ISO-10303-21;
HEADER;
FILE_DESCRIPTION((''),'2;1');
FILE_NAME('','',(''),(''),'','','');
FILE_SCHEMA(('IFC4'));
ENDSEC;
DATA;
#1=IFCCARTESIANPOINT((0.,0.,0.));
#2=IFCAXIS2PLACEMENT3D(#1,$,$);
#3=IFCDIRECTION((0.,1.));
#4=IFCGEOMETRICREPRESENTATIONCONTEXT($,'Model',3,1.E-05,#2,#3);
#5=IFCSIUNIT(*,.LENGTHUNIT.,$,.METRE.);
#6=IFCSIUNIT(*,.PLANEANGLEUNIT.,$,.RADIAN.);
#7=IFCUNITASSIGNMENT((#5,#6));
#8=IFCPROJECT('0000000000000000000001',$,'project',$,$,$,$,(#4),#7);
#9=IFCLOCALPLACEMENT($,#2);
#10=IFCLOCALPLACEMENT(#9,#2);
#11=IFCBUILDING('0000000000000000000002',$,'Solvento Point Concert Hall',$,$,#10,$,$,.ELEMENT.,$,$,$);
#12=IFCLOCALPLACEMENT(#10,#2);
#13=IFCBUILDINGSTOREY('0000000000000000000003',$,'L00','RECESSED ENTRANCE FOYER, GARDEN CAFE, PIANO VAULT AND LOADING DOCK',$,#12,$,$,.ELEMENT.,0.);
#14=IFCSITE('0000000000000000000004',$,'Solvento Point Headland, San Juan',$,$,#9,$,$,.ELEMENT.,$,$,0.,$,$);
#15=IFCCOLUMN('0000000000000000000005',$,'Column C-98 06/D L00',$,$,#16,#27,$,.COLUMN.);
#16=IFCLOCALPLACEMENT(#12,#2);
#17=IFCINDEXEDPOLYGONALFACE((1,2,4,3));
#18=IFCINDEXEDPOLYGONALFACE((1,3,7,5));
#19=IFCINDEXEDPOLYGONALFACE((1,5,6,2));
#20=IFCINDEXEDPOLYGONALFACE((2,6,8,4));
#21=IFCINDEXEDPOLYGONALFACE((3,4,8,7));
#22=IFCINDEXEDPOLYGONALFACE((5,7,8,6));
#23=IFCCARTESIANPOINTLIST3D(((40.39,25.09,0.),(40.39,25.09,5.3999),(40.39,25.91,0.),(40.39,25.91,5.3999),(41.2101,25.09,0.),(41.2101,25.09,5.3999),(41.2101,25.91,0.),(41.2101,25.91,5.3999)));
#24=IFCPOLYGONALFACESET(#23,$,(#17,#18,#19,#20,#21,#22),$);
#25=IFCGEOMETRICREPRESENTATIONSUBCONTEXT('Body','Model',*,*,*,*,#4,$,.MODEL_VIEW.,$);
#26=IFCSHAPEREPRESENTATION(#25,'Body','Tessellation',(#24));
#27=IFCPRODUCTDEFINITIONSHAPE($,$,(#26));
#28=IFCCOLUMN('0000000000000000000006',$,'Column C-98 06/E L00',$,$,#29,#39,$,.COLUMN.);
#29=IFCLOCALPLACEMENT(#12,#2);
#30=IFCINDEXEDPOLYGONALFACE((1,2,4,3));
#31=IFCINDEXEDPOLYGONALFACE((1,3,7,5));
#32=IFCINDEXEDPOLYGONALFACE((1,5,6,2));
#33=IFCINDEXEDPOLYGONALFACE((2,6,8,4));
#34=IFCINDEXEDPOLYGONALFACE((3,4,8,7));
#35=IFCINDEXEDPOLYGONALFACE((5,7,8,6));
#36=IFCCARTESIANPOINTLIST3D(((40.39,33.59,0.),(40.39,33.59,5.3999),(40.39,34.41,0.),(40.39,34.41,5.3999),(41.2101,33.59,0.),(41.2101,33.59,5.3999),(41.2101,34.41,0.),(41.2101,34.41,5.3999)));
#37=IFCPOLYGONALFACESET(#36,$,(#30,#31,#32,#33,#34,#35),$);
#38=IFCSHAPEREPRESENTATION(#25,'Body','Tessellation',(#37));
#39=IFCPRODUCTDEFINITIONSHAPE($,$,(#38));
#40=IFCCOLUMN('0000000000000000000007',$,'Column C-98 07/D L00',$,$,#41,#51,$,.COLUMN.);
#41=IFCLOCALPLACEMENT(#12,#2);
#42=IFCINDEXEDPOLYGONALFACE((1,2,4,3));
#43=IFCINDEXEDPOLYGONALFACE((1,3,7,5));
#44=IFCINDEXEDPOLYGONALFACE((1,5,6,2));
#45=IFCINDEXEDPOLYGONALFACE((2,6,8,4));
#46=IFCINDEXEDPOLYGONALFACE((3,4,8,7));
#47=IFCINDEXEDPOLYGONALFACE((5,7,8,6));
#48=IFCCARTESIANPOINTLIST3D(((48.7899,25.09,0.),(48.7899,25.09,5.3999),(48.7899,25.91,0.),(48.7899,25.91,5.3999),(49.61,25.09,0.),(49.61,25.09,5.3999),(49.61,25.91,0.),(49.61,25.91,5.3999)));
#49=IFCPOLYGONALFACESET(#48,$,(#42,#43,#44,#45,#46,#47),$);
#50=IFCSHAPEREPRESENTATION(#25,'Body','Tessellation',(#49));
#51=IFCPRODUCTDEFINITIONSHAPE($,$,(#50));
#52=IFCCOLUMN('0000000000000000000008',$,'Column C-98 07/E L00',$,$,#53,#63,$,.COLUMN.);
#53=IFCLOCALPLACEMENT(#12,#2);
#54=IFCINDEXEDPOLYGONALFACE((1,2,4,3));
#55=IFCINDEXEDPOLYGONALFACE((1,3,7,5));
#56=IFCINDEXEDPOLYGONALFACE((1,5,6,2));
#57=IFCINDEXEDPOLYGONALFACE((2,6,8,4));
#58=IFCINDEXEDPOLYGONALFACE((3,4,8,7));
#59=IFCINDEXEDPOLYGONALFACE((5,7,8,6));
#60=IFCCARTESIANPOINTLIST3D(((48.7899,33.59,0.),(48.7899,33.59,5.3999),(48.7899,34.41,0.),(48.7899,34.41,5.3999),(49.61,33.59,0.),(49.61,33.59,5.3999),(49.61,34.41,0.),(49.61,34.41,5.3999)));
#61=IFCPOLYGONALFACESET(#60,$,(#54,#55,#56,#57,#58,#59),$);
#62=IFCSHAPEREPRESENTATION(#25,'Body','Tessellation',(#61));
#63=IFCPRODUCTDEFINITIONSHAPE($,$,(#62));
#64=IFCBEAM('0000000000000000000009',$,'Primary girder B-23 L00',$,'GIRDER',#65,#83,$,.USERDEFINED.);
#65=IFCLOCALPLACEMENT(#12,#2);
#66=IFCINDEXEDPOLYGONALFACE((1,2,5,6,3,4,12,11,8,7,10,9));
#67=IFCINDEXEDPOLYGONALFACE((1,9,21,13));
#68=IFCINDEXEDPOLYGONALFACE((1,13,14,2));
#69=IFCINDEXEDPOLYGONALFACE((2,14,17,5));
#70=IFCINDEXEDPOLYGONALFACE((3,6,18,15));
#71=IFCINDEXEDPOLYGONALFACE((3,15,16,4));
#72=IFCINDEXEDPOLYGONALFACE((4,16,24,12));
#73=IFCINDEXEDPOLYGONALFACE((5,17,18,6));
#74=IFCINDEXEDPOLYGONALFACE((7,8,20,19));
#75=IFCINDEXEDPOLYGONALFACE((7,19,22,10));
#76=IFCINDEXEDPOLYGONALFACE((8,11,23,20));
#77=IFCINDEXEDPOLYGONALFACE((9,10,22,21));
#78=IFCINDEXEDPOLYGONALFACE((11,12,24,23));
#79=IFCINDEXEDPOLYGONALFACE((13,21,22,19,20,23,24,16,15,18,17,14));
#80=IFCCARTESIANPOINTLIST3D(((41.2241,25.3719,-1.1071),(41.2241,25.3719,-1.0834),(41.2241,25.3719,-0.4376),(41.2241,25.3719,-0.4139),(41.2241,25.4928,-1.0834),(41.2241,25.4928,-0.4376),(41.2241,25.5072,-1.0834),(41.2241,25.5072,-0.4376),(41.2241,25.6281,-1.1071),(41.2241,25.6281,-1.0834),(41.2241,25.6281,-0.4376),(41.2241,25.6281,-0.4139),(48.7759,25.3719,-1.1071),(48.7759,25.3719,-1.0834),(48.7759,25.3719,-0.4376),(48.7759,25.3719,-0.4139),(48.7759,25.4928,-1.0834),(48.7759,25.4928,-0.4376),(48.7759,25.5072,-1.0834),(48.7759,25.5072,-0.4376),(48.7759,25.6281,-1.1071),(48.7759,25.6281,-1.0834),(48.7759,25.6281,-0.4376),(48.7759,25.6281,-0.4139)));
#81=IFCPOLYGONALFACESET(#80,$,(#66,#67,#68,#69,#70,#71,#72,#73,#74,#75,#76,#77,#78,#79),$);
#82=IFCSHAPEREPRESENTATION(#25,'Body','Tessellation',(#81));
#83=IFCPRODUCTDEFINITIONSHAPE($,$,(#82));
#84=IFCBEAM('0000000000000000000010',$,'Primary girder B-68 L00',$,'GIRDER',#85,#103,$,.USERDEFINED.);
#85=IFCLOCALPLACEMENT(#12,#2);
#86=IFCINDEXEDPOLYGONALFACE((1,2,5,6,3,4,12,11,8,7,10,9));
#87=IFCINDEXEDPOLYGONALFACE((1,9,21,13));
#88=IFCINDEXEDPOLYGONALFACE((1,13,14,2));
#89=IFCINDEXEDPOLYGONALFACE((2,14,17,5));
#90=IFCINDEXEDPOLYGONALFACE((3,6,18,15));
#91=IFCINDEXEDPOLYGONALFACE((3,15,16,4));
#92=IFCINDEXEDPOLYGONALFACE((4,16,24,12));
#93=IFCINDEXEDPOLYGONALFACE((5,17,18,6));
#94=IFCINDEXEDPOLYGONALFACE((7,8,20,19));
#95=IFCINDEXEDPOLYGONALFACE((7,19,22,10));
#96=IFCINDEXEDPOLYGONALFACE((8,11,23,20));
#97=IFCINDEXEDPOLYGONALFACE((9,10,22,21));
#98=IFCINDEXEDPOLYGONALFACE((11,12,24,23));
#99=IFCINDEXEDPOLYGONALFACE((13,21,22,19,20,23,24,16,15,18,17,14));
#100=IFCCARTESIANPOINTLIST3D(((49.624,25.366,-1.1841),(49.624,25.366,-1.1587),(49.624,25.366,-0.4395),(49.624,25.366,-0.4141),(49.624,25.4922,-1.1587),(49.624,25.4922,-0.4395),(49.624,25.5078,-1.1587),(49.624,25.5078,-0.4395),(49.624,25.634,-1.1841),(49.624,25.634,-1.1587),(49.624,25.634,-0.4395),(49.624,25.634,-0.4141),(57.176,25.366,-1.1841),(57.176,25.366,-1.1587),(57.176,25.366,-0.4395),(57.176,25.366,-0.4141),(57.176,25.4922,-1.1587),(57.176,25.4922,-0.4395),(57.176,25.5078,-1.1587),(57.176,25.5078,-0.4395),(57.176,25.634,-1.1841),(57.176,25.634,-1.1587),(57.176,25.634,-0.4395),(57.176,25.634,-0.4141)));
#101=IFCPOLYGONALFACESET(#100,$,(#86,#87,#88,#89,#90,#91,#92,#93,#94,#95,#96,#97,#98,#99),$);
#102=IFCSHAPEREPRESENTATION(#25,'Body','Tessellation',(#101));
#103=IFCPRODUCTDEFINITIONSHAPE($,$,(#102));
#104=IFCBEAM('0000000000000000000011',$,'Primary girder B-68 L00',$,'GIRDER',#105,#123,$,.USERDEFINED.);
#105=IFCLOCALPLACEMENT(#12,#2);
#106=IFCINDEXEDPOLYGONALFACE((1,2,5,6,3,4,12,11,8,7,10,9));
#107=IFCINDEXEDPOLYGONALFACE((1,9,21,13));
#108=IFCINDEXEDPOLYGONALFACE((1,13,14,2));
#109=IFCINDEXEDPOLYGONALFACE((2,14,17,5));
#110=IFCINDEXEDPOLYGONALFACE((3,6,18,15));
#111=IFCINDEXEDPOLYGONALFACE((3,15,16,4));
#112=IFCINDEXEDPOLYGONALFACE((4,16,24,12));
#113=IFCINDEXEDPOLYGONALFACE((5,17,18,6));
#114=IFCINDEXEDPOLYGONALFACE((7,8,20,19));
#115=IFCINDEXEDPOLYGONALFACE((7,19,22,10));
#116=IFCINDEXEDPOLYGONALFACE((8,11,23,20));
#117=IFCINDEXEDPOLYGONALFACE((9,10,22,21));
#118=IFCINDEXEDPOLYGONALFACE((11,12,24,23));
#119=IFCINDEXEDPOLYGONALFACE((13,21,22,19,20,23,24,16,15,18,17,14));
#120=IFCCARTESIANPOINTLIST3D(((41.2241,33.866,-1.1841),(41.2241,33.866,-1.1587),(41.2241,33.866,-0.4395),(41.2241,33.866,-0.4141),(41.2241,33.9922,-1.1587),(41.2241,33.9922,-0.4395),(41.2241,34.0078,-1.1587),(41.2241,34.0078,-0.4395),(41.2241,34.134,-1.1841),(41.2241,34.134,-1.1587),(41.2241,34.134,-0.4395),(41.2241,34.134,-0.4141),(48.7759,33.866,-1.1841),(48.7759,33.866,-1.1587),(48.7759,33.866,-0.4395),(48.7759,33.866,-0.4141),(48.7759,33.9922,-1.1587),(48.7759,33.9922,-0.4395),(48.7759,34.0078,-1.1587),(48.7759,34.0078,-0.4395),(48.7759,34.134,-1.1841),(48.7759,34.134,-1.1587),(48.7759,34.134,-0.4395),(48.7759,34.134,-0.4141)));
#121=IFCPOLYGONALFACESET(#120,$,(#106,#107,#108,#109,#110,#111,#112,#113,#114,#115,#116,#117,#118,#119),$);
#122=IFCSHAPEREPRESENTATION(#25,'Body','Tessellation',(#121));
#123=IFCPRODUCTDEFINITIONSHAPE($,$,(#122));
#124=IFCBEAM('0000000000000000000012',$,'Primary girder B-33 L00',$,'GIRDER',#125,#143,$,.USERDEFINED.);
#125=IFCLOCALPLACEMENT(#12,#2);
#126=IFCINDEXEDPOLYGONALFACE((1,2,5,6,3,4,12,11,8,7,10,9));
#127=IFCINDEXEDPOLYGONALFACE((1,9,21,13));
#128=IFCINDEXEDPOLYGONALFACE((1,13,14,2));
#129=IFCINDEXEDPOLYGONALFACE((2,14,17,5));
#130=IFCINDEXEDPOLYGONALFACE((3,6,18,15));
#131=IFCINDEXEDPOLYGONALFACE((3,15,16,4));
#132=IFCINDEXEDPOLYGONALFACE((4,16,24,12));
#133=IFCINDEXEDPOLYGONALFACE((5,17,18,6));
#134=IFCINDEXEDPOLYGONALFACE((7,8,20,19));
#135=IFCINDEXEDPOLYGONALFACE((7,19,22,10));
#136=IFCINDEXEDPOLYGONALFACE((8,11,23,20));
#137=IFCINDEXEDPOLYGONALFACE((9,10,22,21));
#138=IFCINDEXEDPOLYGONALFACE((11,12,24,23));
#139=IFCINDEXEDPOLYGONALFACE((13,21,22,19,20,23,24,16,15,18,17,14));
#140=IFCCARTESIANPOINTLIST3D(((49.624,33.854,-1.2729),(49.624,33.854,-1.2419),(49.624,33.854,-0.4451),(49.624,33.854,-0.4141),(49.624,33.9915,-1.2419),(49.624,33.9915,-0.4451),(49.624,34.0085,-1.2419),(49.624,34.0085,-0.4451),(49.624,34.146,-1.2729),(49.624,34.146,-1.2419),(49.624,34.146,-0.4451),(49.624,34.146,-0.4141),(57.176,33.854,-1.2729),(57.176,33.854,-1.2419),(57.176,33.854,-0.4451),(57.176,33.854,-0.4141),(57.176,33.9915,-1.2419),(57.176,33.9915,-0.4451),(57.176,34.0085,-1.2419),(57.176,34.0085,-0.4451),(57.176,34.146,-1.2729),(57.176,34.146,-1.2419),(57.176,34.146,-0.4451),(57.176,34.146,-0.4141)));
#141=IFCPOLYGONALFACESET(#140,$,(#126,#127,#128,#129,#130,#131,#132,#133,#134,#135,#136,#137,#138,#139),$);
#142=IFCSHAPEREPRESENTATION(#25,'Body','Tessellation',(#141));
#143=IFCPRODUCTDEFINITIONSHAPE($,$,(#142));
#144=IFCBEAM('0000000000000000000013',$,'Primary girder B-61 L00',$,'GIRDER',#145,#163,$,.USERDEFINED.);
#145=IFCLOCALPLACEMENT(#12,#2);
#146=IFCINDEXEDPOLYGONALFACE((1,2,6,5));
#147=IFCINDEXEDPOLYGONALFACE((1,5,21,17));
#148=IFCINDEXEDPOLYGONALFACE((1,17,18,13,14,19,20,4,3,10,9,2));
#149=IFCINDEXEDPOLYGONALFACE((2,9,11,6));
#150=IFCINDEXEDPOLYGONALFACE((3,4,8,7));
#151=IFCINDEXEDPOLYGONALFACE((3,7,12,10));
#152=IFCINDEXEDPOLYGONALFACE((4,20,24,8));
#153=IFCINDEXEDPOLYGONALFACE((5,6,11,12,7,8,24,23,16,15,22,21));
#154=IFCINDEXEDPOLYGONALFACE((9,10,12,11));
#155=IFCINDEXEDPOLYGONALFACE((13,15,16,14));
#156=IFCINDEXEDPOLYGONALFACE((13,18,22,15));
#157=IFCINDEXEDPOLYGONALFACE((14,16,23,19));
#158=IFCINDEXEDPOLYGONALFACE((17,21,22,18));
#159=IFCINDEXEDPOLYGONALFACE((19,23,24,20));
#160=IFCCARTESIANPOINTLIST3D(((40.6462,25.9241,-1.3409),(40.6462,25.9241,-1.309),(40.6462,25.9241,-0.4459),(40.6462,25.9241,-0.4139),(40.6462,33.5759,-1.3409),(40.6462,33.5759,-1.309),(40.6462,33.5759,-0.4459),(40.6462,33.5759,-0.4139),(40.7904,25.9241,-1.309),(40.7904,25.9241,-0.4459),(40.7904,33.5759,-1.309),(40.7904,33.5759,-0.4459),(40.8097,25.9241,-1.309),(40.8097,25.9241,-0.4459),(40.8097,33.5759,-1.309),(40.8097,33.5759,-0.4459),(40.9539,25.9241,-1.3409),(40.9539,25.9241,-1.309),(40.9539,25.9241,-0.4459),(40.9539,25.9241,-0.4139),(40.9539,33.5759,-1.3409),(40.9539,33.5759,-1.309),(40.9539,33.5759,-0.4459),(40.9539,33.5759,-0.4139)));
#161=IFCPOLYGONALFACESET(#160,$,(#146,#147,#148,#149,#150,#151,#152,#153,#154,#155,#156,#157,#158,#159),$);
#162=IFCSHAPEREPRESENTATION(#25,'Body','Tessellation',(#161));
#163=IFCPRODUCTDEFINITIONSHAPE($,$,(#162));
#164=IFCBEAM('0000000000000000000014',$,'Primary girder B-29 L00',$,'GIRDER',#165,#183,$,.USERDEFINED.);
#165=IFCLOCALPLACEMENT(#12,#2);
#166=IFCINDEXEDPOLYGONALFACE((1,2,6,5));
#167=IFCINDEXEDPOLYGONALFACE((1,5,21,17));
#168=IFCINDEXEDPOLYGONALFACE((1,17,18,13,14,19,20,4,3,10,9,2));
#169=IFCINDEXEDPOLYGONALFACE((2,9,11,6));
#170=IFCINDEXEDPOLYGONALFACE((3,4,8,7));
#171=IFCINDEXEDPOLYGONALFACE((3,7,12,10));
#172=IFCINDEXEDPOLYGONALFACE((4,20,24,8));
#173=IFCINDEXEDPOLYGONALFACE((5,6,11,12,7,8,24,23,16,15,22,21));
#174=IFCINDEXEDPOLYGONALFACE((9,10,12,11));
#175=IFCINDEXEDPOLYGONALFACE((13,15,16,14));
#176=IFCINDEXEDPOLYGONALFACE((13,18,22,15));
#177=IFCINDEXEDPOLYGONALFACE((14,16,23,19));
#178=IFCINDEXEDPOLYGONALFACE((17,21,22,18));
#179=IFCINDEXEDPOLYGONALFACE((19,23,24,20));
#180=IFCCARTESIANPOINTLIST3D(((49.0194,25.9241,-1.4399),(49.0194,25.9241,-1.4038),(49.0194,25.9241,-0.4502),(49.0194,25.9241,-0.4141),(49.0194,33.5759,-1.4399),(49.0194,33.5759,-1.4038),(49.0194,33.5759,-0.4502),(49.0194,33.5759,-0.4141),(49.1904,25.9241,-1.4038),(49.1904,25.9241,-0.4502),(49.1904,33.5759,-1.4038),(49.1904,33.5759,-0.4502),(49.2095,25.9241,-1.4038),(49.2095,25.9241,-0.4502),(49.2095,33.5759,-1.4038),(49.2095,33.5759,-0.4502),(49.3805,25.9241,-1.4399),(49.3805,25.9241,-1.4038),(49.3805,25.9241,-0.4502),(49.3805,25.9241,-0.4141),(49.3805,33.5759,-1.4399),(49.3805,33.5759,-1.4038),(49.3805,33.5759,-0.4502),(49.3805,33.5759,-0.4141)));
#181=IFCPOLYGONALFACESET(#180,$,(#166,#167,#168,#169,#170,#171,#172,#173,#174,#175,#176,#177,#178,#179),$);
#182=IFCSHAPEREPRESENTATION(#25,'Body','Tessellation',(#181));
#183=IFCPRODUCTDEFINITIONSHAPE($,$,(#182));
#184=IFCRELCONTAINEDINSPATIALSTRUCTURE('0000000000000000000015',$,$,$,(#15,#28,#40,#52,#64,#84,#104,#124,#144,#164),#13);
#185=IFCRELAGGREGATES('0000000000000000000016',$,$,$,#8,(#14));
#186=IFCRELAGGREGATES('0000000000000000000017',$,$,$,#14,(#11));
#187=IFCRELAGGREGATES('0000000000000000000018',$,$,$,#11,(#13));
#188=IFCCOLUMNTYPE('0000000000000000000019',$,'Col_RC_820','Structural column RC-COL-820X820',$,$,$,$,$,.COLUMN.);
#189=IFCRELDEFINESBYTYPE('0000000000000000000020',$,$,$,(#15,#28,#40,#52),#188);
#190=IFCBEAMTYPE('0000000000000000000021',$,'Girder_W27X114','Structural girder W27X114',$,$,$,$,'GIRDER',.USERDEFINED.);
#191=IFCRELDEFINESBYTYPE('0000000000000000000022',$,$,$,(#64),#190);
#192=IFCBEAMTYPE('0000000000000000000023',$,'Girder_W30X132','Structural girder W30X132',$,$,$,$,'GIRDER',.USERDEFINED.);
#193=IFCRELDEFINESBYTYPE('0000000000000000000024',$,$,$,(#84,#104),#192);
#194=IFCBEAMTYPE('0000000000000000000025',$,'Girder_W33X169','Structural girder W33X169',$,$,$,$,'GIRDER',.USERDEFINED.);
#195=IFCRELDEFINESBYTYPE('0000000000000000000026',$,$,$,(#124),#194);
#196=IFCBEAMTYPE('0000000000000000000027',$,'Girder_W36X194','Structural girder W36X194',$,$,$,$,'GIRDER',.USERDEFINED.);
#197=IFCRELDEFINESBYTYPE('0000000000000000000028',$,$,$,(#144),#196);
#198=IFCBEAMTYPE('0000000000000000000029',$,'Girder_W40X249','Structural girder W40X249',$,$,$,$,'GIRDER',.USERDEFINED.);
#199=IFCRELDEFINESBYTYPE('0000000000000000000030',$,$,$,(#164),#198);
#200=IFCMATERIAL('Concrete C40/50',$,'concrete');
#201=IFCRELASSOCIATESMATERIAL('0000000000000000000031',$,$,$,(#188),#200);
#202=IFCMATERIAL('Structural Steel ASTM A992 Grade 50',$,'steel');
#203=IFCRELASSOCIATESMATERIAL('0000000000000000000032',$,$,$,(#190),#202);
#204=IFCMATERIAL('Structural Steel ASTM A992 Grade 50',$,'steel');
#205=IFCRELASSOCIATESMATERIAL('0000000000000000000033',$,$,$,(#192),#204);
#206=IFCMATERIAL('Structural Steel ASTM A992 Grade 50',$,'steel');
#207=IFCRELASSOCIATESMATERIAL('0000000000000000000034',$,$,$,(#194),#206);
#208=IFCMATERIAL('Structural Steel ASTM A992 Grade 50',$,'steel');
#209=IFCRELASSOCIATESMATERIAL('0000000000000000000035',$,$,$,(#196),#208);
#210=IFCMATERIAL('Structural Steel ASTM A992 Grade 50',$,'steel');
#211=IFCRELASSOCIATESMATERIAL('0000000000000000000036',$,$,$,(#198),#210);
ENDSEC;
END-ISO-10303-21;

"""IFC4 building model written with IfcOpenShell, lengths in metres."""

from ifc_helpers import new_model, si_unit, direction, frame, origin, origin_2d, place, context, subcontext, project, spatial, rectangle, i_section, extrude, material, material_profile, profile_set, type_object, element, save


model = new_model("IFC4")

# Units and contexts
model_context = context("Model", 3, precision=1e-05, world=origin(), true_north=direction((0.0, 1.0)))
body_context = subcontext(model_context, "Body", "Model", "MODEL_VIEW")
ifc_project = project(units=[si_unit("LENGTHUNIT", "METRE"), si_unit("PLANEANGLEUNIT", "RADIAN")], contexts=[model_context])

# Site, building, storey
site_placement = place(None, origin())
site = spatial("IfcSite", under=ifc_project, at=site_placement, Name="Solvento Point Headland, San Juan", CompositionType="ELEMENT", RefElevation=0.0)
building_placement = place(site_placement, origin())
building = spatial("IfcBuilding", under=site, at=building_placement, Name="Solvento Point Concert Hall", CompositionType="ELEMENT")
storey_placement = place(building_placement, origin())
storey = spatial("IfcBuildingStorey", under=building, at=storey_placement, Name="L00", Description="RECESSED ENTRANCE FOYER, GARDEN CAFE, PIANO VAULT AND LOADING DOCK", CompositionType="ELEMENT", Elevation=0.0)

# Columns
ifc_material_1 = material(Name="Concrete C40/50", Category="concrete")
ifc_material_profile_1 = material_profile(ifc_material_1, rectangle(XDim=0.8201, YDim=0.8201, at=origin_2d()), Name="RC-COL-820X820")
ifc_profile_set_1 = profile_set([ifc_material_profile_1], Name="Concrete C40/50")
column_type = type_object("IfcColumnType", Name="Col_RC_820", Description="Structural column RC-COL-820X820", PredefinedType="COLUMN", material=ifc_profile_set_1)
for number, where, z_axis, x_axis, name in (
    (1, (40.8, 25.5, 0.0), (0.0, 0.0, 1.0), (1.0, 0.0, 0.0), "Column C-98 06/D L00"),
    (2, (40.8, 34.0, 0.0), (0.0, 0.0, 1.0), (1.0, 0.0, 0.0), "Column C-98 06/E L00"),
    (3, (49.2, 25.5, 0.0), (0.0, 0.0, 1.0), (1.0, 0.0, 0.0), "Column C-98 07/D L00"),
    (4, (49.2, 34.0, 0.0), (0.0, 0.0, 1.0), (1.0, 0.0, 0.0), "Column C-98 07/E L00"),
):
    element("IfcColumn", number, at=place(storey_placement, frame(where, z_axis=z_axis, x_axis=x_axis)), inside=storey, type_object=column_type, Name=name, PredefinedType="COLUMN", context=body_context, shape_type="SweptSolid", body=[
        extrude(rectangle(XDim=0.8201, YDim=0.8201, at=origin_2d()), origin(), (0.0, 0.0, 1.0), 5.3999),
    ])

# Beams
ifc_material_2 = material(Name="Structural Steel ASTM A992 Grade 50", Category="steel")
ifc_material_profile_2 = material_profile(ifc_material_2, i_section(OverallWidth=0.2561, OverallDepth=0.6931, WebThickness=0.0144, FlangeThickness=0.0237, at=origin_2d()), Name="W27X114")
ifc_profile_set_2 = profile_set([ifc_material_profile_2], Name="Structural Steel ASTM A992 Grade 50")
beam_type_1 = type_object("IfcBeamType", Name="Girder_W27X114", Description="Structural girder W27X114", ElementType="GIRDER", PredefinedType="USERDEFINED", material=ifc_profile_set_2)
beam_1_placement = place(storey_placement, frame((41.2241, 25.5, -0.7605), z_axis=(1.0, 0.0, 0.0), x_axis=(0.0, 1.0, 0.0)))
element("IfcBeam", 5, at=beam_1_placement, inside=storey, type_object=beam_type_1, Name="Primary girder B-23 L00", ObjectType="GIRDER", PredefinedType="USERDEFINED", context=body_context, shape_type="SweptSolid", body=[
    extrude(i_section(OverallWidth=0.2561, OverallDepth=0.6931, WebThickness=0.0144, FlangeThickness=0.0237, at=origin_2d()), origin(), (0.0, 0.0, 1.0), 7.5518),
])
ifc_material_3 = material(Name="Structural Steel ASTM A992 Grade 50", Category="steel")
ifc_material_profile_3 = material_profile(ifc_material_3, i_section(OverallWidth=0.2681, OverallDepth=0.77, WebThickness=0.0156, FlangeThickness=0.0254, at=origin_2d()), Name="W30X132")
ifc_profile_set_3 = profile_set([ifc_material_profile_3], Name="Structural Steel ASTM A992 Grade 50")
beam_type_2 = type_object("IfcBeamType", Name="Girder_W30X132", Description="Structural girder W30X132", ElementType="GIRDER", PredefinedType="USERDEFINED", material=ifc_profile_set_3)
beam_2_placement = place(storey_placement, frame((49.624, 25.5, -0.7991), z_axis=(1.0, 0.0, 0.0), x_axis=(0.0, 1.0, 0.0)))
element("IfcBeam", 6, at=beam_2_placement, inside=storey, type_object=beam_type_2, Name="Primary girder B-68 L00", ObjectType="GIRDER", PredefinedType="USERDEFINED", context=body_context, shape_type="SweptSolid", body=[
    extrude(i_section(OverallWidth=0.2681, OverallDepth=0.77, WebThickness=0.0156, FlangeThickness=0.0254, at=origin_2d()), origin(), (0.0, 0.0, 1.0), 7.552),
])
beam_3_placement = place(storey_placement, frame((41.2241, 34.0, -0.7991), z_axis=(1.0, 0.0, 0.0), x_axis=(0.0, 1.0, 0.0)))
element("IfcBeam", 7, at=beam_3_placement, inside=storey, type_object=beam_type_2, Name="Primary girder B-68 L00", ObjectType="GIRDER", PredefinedType="USERDEFINED", context=body_context, shape_type="SweptSolid", body=[
    extrude(i_section(OverallWidth=0.2681, OverallDepth=0.77, WebThickness=0.0156, FlangeThickness=0.0254, at=origin_2d()), origin(), (0.0, 0.0, 1.0), 7.5518),
])
ifc_material_4 = material(Name="Structural Steel ASTM A992 Grade 50", Category="steel")
ifc_material_profile_4 = material_profile(ifc_material_4, i_section(OverallWidth=0.292, OverallDepth=0.8589, WebThickness=0.0171, FlangeThickness=0.031, at=origin_2d()), Name="W33X169")
ifc_profile_set_4 = profile_set([ifc_material_profile_4], Name="Structural Steel ASTM A992 Grade 50")
beam_type_3 = type_object("IfcBeamType", Name="Girder_W33X169", Description="Structural girder W33X169", ElementType="GIRDER", PredefinedType="USERDEFINED", material=ifc_profile_set_4)
beam_4_placement = place(storey_placement, frame((49.624, 34.0, -0.8435), z_axis=(1.0, 0.0, 0.0), x_axis=(0.0, 1.0, 0.0)))
element("IfcBeam", 8, at=beam_4_placement, inside=storey, type_object=beam_type_3, Name="Primary girder B-33 L00", ObjectType="GIRDER", PredefinedType="USERDEFINED", context=body_context, shape_type="SweptSolid", body=[
    extrude(i_section(OverallWidth=0.292, OverallDepth=0.8589, WebThickness=0.0171, FlangeThickness=0.031, at=origin_2d()), origin(), (0.0, 0.0, 1.0), 7.552),
])
ifc_material_5 = material(Name="Structural Steel ASTM A992 Grade 50", Category="steel")
ifc_material_profile_5 = material_profile(ifc_material_5, i_section(OverallWidth=0.3076, OverallDepth=0.927, WebThickness=0.0193, FlangeThickness=0.032, at=origin_2d()), Name="W36X194")
ifc_profile_set_5 = profile_set([ifc_material_profile_5], Name="Structural Steel ASTM A992 Grade 50")
beam_type_4 = type_object("IfcBeamType", Name="Girder_W36X194", Description="Structural girder W36X194", ElementType="GIRDER", PredefinedType="USERDEFINED", material=ifc_profile_set_5)
beam_5_placement = place(storey_placement, frame((40.8, 25.9241, -0.8774), z_axis=(0.0, 1.0, 0.0), x_axis=(-1.0, 0.0, 0.0)))
element("IfcBeam", 9, at=beam_5_placement, inside=storey, type_object=beam_type_4, Name="Primary girder B-61 L00", ObjectType="GIRDER", PredefinedType="USERDEFINED", context=body_context, shape_type="SweptSolid", body=[
    extrude(i_section(OverallWidth=0.3076, OverallDepth=0.927, WebThickness=0.0193, FlangeThickness=0.032, at=origin_2d()), origin(), (0.0, 0.0, 1.0), 7.6519),
])
ifc_material_6 = material(Name="Structural Steel ASTM A992 Grade 50", Category="steel")
ifc_material_profile_6 = material_profile(ifc_material_6, i_section(OverallWidth=0.3611, OverallDepth=1.0259, WebThickness=0.019, FlangeThickness=0.0361, at=origin_2d()), Name="W40X249")
ifc_profile_set_6 = profile_set([ifc_material_profile_6], Name="Structural Steel ASTM A992 Grade 50")
beam_type_5 = type_object("IfcBeamType", Name="Girder_W40X249", Description="Structural girder W40X249", ElementType="GIRDER", PredefinedType="USERDEFINED", material=ifc_profile_set_6)
beam_6_placement = place(storey_placement, frame((49.2, 25.9241, -0.927), z_axis=(0.0, 1.0, 0.0), x_axis=(-1.0, 0.0, 0.0)))
element("IfcBeam", 10, at=beam_6_placement, inside=storey, type_object=beam_type_5, Name="Primary girder B-29 L00", ObjectType="GIRDER", PredefinedType="USERDEFINED", context=body_context, shape_type="SweptSolid", body=[
    extrude(i_section(OverallWidth=0.3611, OverallDepth=1.0259, WebThickness=0.019, FlangeThickness=0.0361, at=origin_2d()), origin(), (0.0, 0.0, 1.0), 7.6519),
])

save(model, "model.ifc")
